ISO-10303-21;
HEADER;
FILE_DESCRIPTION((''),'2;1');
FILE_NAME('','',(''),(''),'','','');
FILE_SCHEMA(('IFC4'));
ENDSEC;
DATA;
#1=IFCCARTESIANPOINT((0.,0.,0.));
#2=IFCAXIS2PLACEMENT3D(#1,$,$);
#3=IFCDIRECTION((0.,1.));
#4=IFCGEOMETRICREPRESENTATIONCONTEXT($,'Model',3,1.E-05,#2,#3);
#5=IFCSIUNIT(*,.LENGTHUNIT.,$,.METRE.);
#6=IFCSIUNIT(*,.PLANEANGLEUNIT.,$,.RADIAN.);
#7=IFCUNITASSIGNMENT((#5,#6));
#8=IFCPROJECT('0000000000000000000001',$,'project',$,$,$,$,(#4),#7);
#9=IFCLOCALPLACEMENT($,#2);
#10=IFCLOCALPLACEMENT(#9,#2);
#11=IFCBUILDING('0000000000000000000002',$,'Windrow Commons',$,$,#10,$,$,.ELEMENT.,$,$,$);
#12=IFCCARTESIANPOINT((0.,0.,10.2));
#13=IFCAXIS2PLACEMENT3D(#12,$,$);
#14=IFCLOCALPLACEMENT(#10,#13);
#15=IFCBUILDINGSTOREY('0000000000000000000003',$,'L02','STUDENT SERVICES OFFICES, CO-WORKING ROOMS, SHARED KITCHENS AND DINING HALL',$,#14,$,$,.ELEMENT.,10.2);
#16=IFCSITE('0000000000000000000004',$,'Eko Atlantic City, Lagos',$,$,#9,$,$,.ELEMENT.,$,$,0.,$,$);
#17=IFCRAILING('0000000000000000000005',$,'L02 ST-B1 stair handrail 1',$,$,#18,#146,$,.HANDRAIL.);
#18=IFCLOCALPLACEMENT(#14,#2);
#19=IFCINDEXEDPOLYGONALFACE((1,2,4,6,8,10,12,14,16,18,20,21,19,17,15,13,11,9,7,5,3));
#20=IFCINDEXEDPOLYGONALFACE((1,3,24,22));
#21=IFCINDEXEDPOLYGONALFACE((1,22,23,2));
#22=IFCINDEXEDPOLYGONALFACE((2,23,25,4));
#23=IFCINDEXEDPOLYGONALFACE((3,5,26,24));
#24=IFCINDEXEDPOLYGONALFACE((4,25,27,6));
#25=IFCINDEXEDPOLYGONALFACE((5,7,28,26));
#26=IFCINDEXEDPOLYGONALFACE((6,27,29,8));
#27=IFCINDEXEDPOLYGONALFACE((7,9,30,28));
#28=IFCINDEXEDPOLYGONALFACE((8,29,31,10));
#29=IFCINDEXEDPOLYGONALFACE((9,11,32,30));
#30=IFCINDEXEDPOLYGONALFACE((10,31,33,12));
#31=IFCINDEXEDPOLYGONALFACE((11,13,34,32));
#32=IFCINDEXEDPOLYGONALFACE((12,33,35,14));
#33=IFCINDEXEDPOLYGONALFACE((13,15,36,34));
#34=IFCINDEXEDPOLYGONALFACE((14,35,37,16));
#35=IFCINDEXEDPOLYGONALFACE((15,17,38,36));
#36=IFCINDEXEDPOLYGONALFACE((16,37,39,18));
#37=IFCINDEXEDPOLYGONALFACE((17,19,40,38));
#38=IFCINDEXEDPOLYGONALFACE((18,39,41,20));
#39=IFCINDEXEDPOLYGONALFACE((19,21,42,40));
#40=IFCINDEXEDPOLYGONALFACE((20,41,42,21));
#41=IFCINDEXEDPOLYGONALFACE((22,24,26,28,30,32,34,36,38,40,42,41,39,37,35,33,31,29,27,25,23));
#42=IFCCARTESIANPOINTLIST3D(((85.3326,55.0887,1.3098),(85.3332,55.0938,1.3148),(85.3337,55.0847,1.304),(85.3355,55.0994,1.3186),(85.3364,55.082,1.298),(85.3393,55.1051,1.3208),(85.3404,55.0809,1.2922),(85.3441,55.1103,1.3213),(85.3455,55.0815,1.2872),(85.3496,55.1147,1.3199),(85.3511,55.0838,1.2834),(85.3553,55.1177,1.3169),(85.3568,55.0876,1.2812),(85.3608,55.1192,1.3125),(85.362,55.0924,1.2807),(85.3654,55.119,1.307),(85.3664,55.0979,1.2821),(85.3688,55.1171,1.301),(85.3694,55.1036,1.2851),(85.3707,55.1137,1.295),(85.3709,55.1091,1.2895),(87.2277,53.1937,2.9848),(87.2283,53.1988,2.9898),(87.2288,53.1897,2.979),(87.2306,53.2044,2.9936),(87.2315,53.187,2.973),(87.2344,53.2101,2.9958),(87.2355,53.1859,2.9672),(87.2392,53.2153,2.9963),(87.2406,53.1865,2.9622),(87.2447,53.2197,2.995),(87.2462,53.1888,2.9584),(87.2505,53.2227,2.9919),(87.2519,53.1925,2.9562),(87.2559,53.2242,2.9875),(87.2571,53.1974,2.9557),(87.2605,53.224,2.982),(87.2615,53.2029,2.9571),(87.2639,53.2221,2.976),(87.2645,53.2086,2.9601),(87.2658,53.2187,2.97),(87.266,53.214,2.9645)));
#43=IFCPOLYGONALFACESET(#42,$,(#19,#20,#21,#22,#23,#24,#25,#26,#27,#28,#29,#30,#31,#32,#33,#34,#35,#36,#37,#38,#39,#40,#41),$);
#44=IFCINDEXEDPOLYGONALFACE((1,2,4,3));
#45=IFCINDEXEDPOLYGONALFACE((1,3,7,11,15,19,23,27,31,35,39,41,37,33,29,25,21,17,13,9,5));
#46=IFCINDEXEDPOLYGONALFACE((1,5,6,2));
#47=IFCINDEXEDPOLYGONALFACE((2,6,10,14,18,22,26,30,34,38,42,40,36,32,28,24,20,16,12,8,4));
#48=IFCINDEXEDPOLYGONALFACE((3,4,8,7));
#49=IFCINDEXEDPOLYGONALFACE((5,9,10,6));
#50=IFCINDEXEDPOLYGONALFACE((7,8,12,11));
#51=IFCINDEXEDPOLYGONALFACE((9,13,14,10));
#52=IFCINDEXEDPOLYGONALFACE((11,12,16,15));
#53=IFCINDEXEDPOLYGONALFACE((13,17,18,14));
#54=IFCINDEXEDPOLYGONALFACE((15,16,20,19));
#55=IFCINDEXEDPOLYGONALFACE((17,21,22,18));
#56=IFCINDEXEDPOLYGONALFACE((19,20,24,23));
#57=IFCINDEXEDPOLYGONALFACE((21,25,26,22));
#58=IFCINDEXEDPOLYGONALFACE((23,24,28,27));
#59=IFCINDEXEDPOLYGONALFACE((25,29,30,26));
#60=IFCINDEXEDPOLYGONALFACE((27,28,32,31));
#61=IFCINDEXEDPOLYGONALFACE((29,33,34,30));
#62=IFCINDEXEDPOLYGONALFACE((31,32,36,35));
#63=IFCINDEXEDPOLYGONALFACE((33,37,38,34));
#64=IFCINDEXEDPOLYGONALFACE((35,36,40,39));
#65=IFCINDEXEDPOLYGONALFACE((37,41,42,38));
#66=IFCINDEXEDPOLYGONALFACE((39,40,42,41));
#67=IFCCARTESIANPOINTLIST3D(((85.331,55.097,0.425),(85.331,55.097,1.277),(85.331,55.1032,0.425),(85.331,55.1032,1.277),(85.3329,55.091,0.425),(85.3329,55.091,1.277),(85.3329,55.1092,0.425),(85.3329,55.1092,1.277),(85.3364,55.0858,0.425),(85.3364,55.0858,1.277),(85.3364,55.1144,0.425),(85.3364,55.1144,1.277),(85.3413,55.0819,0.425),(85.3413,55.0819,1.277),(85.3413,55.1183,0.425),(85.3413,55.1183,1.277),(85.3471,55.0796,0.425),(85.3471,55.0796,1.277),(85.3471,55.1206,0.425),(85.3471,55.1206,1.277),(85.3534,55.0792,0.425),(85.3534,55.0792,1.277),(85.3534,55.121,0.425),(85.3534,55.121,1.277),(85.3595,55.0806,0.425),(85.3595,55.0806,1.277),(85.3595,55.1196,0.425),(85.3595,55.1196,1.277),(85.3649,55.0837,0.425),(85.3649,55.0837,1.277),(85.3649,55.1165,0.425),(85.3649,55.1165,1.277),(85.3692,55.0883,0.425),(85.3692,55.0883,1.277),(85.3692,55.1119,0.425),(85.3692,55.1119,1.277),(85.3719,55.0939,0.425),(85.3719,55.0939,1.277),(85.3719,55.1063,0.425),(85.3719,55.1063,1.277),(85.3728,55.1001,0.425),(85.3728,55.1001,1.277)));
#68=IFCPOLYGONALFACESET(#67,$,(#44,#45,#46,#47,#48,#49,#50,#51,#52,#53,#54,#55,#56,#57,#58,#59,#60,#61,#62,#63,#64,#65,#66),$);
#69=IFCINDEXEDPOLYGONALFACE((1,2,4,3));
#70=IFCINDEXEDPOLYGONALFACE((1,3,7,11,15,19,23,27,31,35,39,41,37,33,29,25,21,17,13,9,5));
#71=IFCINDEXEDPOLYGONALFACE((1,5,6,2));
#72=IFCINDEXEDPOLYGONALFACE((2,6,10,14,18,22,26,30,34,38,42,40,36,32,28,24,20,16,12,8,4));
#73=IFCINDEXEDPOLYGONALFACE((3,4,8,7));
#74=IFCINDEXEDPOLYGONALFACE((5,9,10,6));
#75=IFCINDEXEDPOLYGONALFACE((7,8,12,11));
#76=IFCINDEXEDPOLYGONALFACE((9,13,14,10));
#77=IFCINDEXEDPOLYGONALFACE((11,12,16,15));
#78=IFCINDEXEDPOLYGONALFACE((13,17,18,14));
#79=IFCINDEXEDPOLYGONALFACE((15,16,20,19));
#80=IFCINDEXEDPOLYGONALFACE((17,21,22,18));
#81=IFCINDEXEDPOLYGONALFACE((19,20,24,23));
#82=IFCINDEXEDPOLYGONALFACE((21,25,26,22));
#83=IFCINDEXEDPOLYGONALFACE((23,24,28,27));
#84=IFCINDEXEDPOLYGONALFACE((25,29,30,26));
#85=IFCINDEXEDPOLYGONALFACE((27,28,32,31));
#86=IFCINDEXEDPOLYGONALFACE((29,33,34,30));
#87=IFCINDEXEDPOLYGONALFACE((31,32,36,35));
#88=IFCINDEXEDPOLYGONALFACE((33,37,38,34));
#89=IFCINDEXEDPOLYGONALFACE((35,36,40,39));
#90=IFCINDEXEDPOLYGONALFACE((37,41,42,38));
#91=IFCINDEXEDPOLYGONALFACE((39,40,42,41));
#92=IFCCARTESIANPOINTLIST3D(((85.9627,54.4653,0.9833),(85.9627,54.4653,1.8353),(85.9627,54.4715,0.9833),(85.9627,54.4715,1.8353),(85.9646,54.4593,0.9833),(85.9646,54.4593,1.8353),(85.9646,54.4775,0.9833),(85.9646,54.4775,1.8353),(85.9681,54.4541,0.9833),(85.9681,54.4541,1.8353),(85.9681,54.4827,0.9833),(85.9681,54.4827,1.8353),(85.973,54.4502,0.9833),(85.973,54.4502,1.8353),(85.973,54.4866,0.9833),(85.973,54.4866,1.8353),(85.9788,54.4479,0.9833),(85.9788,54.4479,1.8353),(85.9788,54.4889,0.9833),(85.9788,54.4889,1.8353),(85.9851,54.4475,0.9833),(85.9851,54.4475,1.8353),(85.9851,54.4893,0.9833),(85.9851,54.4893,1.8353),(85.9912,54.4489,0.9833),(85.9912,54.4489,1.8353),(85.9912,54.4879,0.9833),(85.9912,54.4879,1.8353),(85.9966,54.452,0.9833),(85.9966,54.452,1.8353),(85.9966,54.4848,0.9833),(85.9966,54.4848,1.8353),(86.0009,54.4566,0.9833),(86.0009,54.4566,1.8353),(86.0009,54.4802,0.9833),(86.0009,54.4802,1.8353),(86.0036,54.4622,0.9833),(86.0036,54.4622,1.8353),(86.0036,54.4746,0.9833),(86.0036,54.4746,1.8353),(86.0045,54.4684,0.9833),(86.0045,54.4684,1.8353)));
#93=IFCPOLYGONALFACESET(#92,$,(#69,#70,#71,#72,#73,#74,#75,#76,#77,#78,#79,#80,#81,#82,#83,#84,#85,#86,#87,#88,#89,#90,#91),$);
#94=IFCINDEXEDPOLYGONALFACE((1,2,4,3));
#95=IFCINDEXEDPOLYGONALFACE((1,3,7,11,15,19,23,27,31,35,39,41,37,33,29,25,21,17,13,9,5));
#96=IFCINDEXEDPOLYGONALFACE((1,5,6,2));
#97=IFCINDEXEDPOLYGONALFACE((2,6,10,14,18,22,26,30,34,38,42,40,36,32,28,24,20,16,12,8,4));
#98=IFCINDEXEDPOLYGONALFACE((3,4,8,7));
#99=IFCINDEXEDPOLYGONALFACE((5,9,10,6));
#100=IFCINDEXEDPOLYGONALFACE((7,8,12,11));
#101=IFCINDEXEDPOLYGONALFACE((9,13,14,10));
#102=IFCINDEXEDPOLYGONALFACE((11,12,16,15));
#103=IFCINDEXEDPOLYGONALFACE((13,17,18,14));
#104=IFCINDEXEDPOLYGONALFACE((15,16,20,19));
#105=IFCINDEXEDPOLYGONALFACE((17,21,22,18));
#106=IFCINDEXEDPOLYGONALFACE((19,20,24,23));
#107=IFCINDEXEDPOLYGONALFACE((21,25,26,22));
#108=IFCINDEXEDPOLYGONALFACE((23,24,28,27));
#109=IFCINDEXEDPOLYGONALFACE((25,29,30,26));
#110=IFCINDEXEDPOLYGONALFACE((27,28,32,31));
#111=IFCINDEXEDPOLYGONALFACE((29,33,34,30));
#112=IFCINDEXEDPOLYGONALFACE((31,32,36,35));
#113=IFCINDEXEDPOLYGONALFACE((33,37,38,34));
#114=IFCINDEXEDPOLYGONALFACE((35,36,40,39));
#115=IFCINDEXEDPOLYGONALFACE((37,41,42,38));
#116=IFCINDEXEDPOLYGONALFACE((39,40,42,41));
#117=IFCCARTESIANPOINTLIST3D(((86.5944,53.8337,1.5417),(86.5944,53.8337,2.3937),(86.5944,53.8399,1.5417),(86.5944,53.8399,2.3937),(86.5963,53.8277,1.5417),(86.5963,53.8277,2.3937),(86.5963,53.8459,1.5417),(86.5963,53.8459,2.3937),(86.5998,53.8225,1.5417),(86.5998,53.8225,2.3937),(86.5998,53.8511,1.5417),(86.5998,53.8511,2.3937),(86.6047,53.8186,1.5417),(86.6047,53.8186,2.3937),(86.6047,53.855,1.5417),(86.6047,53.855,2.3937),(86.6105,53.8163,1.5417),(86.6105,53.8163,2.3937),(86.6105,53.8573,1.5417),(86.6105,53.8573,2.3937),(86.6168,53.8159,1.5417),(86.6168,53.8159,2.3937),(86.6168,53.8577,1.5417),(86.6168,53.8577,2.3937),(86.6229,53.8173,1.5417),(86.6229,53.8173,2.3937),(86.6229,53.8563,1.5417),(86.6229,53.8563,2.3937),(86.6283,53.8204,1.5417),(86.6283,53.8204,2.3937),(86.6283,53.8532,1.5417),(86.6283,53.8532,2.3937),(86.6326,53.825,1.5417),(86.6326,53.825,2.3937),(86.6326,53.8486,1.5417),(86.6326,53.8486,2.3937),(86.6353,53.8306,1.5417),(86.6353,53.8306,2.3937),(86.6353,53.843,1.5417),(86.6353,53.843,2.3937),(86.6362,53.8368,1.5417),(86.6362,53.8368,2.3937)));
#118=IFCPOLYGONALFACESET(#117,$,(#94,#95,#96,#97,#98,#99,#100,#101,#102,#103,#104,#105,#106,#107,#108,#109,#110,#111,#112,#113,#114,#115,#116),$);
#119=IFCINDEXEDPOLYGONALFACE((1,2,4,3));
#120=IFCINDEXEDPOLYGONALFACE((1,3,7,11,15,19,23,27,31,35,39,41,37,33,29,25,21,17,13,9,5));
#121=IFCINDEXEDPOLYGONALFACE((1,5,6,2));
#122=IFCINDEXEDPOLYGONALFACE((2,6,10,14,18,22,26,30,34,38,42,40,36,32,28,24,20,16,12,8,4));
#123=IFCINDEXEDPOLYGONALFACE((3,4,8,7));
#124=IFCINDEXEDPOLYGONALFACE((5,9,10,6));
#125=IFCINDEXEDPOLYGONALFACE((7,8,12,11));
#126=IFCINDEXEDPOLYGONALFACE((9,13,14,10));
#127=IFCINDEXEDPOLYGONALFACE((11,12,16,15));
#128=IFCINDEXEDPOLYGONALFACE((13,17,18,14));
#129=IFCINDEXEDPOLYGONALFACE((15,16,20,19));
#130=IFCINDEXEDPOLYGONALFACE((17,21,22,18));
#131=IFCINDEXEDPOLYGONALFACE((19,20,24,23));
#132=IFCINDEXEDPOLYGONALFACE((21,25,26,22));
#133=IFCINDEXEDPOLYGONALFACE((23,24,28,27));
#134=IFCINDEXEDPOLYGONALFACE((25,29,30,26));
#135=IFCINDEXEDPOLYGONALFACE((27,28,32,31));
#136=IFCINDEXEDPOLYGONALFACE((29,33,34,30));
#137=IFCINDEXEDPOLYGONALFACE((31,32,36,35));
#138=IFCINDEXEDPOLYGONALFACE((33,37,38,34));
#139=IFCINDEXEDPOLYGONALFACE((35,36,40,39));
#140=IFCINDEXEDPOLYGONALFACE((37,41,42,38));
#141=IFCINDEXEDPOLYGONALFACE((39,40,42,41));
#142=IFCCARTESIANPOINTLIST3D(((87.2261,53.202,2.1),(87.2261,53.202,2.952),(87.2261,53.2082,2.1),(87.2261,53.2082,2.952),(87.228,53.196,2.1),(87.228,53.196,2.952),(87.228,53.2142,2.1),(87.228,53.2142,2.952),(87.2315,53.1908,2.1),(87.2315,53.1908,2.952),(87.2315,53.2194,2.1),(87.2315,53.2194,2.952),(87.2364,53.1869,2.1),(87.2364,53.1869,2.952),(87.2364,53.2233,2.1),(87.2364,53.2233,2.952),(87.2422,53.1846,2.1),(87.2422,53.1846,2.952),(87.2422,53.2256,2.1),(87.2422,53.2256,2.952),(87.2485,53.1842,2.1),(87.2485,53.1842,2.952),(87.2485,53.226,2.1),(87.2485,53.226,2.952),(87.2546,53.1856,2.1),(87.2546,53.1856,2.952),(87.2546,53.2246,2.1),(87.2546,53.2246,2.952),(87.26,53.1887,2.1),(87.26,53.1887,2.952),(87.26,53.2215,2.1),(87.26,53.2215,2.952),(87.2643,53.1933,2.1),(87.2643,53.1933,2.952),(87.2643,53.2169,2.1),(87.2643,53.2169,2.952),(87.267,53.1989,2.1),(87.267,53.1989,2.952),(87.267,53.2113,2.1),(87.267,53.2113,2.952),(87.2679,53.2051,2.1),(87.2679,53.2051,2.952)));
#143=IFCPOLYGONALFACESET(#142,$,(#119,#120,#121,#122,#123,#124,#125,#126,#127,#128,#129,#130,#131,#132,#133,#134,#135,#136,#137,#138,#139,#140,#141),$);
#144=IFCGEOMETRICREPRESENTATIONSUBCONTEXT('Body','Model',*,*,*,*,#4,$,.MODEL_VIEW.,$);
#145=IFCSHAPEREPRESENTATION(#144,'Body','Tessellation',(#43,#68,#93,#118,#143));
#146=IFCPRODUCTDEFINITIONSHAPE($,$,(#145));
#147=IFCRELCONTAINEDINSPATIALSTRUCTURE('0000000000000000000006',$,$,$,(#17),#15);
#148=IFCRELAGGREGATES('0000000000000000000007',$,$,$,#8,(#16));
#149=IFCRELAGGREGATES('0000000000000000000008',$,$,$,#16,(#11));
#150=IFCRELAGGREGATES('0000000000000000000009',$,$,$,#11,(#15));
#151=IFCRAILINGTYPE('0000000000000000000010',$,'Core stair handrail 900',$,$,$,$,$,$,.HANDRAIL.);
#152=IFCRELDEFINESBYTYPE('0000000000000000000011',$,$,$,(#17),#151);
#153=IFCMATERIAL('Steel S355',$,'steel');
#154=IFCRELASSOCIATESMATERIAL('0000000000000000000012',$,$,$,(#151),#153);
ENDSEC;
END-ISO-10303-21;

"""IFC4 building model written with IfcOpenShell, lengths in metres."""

from ifc_helpers import new_model, si_unit, direction, frame, origin, origin_2d, place, context, subcontext, project, spatial, circle, extrude, material, type_object, element, save


model = new_model("IFC4")

# Units and contexts
model_context = context("Model", 3, precision=1e-05, world=origin(), true_north=direction((0.0, 1.0)))
body_context = subcontext(model_context, "Body", "Model", "MODEL_VIEW")
ifc_project = project(units=[si_unit("LENGTHUNIT", "METRE"), si_unit("PLANEANGLEUNIT", "RADIAN")], contexts=[model_context])

# Site, building, storey
site_placement = place(None, origin())
site = spatial("IfcSite", under=ifc_project, at=site_placement, Name="Eko Atlantic City, Lagos", CompositionType="ELEMENT", RefElevation=0.0)
building_placement = place(site_placement, origin())
building = spatial("IfcBuilding", under=site, at=building_placement, Name="Windrow Commons", CompositionType="ELEMENT")
storey_placement = place(building_placement, frame((0.0, 0.0, 10.2)))
storey = spatial("IfcBuildingStorey", under=building, at=storey_placement, Name="L02", Description="STUDENT SERVICES OFFICES, CO-WORKING ROOMS, SHARED KITCHENS AND DINING HALL", CompositionType="ELEMENT", Elevation=10.2)

# Railing
ifc_material_1 = material(Name="Steel S355", Category="steel")
railing_type_1 = type_object("IfcRailingType", Name="Core stair handrail 900", PredefinedType="HANDRAIL", material=ifc_material_1)
railing_1_placement = place(storey_placement, frame((85.3518, 55.1001, 0.425)))
element("IfcRailing", 1, at=railing_1_placement, inside=storey, type_object=railing_type_1, Name="L02 ST-B1 stair handrail 1", PredefinedType="HANDRAIL", context=body_context, shape_type="SweptSolid", body=[
    extrude(circle(Radius=0.024, at=origin_2d()), frame((0.0, 0.0, 0.876), z_axis=(0.599642, -0.59961, 0.529998), x_axis=(0.707088, 0.707125, 0.0)), (0.0, 0.0, 1.0), 3.1604),
    extrude(circle(Radius=0.021, at=origin_2d()), origin(), (0.0, 0.0, 1.0), 0.852),
    extrude(circle(Radius=0.021, at=origin_2d()), frame((0.6317, -0.6317, 0.5583)), (0.0, 0.0, 1.0), 0.852),
    extrude(circle(Radius=0.021, at=origin_2d()), frame((1.2634, -1.2633, 1.1167)), (0.0, 0.0, 1.0), 0.852),
    extrude(circle(Radius=0.021, at=origin_2d()), frame((1.8951, -1.895, 1.675)), (0.0, 0.0, 1.0), 0.852),
])

save(model, "model.ifc")
